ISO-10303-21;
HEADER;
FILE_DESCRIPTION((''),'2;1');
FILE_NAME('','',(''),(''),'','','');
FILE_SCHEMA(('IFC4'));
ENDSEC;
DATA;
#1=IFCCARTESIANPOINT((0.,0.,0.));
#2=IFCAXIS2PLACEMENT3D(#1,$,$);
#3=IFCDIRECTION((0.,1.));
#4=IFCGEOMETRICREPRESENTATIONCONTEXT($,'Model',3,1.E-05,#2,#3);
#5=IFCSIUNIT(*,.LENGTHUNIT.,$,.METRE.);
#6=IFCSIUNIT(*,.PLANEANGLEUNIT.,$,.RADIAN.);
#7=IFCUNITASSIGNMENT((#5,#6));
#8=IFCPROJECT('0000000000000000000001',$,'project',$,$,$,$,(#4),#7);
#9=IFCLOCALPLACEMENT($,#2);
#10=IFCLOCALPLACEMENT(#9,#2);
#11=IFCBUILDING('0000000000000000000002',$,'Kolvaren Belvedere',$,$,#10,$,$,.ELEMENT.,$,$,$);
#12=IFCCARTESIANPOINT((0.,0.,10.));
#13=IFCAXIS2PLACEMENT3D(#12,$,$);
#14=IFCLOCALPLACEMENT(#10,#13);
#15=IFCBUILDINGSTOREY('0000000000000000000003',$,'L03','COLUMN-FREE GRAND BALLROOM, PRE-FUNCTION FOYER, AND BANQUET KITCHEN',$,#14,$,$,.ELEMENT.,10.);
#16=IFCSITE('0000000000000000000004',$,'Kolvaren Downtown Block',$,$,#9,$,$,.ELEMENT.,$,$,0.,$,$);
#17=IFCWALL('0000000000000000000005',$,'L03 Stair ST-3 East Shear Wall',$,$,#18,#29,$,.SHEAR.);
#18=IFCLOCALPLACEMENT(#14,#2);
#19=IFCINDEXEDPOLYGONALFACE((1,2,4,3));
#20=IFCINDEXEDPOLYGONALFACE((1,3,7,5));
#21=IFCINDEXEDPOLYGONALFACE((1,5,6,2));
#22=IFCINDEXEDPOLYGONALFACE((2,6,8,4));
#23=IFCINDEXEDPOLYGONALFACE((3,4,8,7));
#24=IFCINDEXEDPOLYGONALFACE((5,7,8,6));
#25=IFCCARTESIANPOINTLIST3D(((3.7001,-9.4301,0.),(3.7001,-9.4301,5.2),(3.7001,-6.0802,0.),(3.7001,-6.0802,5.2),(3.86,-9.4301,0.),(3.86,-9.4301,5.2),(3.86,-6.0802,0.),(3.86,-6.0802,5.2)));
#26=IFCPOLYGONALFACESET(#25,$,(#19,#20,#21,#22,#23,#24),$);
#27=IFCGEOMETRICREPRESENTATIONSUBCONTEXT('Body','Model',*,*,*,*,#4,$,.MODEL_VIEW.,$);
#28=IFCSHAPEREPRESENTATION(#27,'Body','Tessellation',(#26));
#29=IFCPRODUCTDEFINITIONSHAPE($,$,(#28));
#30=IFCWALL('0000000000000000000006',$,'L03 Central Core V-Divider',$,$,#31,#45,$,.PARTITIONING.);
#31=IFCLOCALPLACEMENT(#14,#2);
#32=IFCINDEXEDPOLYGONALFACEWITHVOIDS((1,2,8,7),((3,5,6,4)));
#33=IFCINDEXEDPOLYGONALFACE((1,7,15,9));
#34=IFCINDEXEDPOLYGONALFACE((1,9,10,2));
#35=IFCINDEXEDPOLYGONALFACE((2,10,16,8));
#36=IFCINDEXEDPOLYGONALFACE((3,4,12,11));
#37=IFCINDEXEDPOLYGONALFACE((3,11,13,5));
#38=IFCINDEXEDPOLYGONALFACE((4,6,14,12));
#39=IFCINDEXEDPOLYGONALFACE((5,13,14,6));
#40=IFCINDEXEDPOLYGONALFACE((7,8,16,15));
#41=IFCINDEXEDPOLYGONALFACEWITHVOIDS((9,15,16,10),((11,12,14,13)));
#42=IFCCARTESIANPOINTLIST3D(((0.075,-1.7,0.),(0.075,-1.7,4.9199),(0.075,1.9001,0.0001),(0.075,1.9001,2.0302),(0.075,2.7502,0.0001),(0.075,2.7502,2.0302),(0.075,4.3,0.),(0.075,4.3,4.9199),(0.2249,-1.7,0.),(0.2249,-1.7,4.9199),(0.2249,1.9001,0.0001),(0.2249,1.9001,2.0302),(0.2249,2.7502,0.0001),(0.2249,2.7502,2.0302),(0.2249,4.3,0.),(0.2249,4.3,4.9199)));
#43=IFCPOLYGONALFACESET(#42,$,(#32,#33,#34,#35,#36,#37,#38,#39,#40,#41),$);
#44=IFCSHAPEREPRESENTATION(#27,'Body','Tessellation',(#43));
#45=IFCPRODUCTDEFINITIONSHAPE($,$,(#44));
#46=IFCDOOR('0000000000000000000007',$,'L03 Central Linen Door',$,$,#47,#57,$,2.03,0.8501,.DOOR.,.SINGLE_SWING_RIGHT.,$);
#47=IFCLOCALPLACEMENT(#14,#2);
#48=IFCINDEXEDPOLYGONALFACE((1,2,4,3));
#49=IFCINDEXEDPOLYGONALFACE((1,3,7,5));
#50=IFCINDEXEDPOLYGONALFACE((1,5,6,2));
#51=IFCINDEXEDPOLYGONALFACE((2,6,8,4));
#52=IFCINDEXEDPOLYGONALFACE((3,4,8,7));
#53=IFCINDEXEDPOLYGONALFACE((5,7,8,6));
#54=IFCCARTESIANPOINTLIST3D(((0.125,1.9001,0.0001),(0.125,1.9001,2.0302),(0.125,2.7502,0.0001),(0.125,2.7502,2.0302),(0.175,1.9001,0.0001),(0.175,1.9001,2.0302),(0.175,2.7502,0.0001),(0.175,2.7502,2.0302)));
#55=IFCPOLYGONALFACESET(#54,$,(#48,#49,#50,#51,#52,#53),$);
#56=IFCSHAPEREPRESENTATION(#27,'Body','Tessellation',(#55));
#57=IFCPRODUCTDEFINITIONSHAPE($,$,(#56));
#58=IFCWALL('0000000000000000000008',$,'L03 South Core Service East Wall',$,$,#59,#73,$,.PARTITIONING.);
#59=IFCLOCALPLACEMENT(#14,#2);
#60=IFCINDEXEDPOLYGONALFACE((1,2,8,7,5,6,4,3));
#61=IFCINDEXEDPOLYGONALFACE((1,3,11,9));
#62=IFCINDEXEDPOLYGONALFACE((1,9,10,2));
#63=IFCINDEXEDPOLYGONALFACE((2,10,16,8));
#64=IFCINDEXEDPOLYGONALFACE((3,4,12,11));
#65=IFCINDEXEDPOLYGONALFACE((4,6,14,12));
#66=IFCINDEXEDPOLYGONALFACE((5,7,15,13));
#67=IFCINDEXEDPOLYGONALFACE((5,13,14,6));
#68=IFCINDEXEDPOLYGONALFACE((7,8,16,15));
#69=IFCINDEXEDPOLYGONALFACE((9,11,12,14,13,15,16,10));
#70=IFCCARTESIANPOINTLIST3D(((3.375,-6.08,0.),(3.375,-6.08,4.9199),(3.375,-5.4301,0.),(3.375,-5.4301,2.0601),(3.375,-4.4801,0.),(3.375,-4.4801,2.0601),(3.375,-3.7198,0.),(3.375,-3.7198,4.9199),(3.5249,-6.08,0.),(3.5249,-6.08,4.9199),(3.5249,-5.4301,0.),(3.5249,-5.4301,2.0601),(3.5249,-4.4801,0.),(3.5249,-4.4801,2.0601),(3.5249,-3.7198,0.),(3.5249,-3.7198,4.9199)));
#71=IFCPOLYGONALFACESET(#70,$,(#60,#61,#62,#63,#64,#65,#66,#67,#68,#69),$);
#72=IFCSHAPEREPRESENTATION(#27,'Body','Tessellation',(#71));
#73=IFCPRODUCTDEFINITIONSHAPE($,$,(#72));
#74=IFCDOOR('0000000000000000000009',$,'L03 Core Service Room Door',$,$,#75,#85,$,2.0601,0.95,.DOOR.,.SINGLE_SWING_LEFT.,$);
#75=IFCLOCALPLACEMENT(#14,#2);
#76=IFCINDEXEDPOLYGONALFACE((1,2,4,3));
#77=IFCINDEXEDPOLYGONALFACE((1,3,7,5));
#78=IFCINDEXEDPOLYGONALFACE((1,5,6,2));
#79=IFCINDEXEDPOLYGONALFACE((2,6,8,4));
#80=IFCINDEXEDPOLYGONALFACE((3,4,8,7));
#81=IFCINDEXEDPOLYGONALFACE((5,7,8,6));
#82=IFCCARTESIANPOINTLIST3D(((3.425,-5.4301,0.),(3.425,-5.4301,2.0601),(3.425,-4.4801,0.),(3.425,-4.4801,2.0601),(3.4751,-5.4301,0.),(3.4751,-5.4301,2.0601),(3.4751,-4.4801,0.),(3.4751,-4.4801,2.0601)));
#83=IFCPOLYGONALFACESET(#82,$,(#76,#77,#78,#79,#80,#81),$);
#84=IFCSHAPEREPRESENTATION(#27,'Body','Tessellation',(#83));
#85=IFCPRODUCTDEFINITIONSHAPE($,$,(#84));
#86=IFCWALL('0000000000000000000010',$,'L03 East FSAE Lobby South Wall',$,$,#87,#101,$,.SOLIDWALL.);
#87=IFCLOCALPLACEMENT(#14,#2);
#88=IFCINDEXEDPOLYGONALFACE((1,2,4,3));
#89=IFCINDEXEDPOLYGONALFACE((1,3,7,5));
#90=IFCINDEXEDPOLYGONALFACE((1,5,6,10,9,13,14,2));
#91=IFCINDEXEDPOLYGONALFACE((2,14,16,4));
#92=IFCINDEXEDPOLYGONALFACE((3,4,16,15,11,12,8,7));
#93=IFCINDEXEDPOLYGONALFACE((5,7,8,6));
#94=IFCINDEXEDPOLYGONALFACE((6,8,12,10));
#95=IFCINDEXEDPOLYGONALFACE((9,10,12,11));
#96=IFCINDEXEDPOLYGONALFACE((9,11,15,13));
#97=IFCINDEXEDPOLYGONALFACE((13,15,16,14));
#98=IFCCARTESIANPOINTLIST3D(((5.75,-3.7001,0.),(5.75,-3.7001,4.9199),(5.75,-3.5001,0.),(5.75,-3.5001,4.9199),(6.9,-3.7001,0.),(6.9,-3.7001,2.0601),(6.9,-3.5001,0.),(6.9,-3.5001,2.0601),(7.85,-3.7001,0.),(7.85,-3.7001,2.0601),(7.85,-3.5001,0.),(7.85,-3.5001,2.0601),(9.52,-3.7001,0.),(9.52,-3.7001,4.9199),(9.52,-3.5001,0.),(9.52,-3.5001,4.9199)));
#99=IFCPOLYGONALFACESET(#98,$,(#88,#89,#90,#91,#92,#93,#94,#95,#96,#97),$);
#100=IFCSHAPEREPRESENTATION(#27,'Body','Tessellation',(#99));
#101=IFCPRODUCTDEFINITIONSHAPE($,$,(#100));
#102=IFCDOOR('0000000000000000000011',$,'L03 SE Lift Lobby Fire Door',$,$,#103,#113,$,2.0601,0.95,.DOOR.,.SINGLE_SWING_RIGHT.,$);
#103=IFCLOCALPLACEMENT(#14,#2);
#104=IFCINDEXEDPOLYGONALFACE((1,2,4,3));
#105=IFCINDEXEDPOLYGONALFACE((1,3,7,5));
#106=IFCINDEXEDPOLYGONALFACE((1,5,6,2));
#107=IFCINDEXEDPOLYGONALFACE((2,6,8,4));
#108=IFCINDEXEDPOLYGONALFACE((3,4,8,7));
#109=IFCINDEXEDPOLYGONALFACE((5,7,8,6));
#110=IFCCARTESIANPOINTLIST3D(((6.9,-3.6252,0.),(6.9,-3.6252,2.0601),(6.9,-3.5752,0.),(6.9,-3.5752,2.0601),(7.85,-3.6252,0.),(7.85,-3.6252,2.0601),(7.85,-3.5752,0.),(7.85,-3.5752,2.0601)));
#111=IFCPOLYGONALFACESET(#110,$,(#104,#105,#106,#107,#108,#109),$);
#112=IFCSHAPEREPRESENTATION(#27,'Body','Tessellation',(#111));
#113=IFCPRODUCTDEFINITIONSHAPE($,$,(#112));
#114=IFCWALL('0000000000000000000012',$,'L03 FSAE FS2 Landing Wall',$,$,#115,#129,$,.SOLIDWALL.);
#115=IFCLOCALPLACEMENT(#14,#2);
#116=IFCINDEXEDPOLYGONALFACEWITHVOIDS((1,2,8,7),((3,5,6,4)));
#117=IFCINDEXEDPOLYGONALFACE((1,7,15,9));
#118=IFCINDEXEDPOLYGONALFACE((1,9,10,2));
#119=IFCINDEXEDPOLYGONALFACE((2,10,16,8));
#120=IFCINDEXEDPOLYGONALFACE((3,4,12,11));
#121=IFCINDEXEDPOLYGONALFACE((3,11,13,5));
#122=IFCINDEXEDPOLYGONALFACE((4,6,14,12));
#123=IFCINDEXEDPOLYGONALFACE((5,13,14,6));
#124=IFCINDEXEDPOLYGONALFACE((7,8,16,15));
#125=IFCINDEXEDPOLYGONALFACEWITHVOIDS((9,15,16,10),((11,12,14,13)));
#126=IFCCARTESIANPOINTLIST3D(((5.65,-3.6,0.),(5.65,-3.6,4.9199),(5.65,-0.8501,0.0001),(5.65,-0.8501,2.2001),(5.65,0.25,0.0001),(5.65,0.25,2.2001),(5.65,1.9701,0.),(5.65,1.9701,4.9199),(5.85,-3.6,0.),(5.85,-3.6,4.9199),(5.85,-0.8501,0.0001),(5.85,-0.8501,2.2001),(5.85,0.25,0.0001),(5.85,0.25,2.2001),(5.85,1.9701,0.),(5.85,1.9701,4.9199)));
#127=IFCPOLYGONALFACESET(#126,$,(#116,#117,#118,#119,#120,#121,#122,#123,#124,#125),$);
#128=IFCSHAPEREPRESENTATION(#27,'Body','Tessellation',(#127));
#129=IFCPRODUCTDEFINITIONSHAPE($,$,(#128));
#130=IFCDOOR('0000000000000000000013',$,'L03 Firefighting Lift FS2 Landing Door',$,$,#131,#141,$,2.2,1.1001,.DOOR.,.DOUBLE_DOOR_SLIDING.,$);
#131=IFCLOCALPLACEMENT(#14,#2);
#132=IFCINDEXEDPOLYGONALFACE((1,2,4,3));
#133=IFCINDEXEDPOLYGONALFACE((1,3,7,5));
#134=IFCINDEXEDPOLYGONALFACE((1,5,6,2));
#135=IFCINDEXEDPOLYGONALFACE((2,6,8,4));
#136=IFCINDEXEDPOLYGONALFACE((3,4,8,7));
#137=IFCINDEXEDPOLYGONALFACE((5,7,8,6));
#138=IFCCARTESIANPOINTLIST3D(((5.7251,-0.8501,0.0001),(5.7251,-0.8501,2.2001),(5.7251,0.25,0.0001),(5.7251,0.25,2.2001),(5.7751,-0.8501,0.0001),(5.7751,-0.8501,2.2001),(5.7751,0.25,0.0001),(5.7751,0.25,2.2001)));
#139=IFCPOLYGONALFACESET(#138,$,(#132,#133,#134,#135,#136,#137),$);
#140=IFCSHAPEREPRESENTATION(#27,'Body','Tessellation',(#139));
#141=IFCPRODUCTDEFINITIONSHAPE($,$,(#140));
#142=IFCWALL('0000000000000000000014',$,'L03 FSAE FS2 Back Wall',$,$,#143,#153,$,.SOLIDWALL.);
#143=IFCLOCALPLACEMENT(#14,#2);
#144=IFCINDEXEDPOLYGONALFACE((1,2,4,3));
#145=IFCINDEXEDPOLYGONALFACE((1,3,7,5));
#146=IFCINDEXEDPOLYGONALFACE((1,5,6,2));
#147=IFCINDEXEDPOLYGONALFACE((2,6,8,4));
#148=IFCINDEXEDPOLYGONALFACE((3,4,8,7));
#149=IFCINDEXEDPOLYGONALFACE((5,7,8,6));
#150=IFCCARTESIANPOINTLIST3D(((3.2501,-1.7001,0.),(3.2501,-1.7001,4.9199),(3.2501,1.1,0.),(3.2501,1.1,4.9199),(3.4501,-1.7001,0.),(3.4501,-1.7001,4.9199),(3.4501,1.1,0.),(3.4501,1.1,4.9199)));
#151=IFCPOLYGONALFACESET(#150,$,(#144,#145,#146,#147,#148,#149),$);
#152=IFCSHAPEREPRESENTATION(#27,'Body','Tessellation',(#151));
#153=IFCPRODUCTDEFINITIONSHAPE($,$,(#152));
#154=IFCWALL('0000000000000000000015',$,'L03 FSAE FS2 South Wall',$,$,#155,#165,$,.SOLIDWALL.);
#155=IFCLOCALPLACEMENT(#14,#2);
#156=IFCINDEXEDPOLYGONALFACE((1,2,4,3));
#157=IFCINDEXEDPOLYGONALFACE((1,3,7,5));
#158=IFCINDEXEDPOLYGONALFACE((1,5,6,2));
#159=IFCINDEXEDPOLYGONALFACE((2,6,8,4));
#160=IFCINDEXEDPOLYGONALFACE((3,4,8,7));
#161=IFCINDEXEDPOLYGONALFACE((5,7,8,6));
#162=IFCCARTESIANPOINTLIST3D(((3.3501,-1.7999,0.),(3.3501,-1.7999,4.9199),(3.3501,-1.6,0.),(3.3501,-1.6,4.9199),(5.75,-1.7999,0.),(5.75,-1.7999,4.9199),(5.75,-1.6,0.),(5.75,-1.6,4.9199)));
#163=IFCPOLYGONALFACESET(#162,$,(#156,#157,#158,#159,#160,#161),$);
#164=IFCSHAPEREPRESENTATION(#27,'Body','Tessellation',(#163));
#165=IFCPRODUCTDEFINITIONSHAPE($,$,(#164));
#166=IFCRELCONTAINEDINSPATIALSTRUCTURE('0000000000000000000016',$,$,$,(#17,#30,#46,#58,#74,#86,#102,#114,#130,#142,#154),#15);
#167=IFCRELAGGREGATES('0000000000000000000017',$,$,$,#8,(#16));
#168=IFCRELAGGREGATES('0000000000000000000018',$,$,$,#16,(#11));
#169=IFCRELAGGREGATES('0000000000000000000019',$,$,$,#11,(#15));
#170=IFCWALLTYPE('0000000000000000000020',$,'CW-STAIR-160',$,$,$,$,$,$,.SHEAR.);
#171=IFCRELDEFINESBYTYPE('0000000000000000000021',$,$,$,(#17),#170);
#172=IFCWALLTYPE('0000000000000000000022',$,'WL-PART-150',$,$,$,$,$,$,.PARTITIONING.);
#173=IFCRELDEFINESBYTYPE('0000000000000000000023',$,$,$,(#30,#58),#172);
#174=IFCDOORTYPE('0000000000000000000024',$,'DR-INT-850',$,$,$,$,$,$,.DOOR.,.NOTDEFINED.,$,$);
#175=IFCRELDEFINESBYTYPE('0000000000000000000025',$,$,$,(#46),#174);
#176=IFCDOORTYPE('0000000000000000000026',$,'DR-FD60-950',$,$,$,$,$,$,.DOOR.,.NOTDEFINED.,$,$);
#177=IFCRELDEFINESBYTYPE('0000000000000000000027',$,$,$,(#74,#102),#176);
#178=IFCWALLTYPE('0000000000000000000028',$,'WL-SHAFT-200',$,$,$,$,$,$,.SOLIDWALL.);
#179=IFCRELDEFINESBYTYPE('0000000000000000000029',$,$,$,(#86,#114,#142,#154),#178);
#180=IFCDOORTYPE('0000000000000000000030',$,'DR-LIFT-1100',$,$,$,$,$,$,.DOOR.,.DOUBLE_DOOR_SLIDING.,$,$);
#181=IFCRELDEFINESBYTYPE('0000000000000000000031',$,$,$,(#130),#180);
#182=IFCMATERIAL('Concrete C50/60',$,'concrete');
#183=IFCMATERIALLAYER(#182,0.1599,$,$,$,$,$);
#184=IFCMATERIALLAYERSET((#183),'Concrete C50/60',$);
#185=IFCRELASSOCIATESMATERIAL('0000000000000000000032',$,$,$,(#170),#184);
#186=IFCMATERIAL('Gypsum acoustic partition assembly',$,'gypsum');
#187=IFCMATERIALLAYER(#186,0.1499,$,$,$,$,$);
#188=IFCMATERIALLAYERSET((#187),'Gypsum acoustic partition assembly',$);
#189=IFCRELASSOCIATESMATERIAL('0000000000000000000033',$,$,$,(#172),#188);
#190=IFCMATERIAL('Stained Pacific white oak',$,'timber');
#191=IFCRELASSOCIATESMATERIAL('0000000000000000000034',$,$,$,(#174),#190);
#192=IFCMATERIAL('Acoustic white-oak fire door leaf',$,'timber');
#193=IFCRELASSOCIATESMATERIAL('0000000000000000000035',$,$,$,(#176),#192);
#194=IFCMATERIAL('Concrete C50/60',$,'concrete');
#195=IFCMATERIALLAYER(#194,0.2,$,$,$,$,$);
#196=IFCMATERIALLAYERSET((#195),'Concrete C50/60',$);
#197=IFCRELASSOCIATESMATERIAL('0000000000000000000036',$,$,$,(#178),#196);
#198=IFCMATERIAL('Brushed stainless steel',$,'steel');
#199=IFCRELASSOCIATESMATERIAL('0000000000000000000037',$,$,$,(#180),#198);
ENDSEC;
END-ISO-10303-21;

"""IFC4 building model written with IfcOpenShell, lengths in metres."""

from ifc_helpers import new_model, si_unit, direction, frame, frame_2d, origin, place, context, subcontext, project, spatial, rectangle, extrude, material, layer, layer_set, type_object, element, fill, save


model = new_model("IFC4")

# Units and contexts
model_context = context("Model", 3, precision=1e-05, world=origin(), true_north=direction((0.0, 1.0)))
body_context = subcontext(model_context, "Body", "Model", "MODEL_VIEW")
ifc_project = project(units=[si_unit("LENGTHUNIT", "METRE"), si_unit("PLANEANGLEUNIT", "RADIAN")], contexts=[model_context])

# Site, building, storey
site_placement = place(None, origin())
site = spatial("IfcSite", under=ifc_project, at=site_placement, Name="Kolvaren Downtown Block", CompositionType="ELEMENT", RefElevation=0.0)
building_placement = place(site_placement, origin())
building = spatial("IfcBuilding", under=site, at=building_placement, Name="Kolvaren Belvedere", CompositionType="ELEMENT")
storey_placement = place(building_placement, frame((0.0, 0.0, 10.0)))
storey = spatial("IfcBuildingStorey", under=building, at=storey_placement, Name="L03", Description="COLUMN-FREE GRAND BALLROOM, PRE-FUNCTION FOYER, AND BANQUET KITCHEN", CompositionType="ELEMENT", Elevation=10.0)

# Shared definitions
ifc_material_1 = material(Name="Concrete C50/60", Category="concrete")
ifc_layer_1 = layer(ifc_material_1, 0.1599)
ifc_layer_set_1 = layer_set([ifc_layer_1], Name="Concrete C50/60")
wall_type_1 = type_object("IfcWallType", Name="CW-STAIR-160", PredefinedType="SHEAR", material=ifc_layer_set_1)

# Wall
wall_1_placement = place(storey_placement, frame((3.78, -9.4299, 0.0), z_axis=(0.0, 0.0, 1.0), x_axis=(0.0, 1.0, 0.0)))
element("IfcWall", 1, at=wall_1_placement, inside=storey, type_object=wall_type_1, Name="L03 Stair ST-3 East Shear Wall", PredefinedType="SHEAR", context=body_context, shape_type="SweptSolid", body=[
    extrude(rectangle(XDim=3.3499, YDim=0.1599, at=frame_2d((1.6748, 0.0))), origin(), (0.0, 0.0, 1.0), 5.2),
])

# Walls, openings, doors
ifc_material_2 = material(Name="Gypsum acoustic partition assembly", Category="gypsum")
ifc_layer_2 = layer(ifc_material_2, 0.1499)
ifc_layer_set_2 = layer_set([ifc_layer_2], Name="Gypsum acoustic partition assembly")
wall_type_2 = type_object("IfcWallType", Name="WL-PART-150", PredefinedType="PARTITIONING", material=ifc_layer_set_2)
wall_2_placement = place(storey_placement, frame((0.1499, -1.7, 0.0), z_axis=(0.0, 0.0, 1.0), x_axis=(0.0, 1.0, 0.0)))
wall_2 = element("IfcWall", 2, at=wall_2_placement, inside=storey, type_object=wall_type_2, Name="L03 Central Core V-Divider", PredefinedType="PARTITIONING", context=body_context, shape_type="SweptSolid", body=[
    extrude(rectangle(XDim=6.0, YDim=0.1499, at=frame_2d((3.0, 0.0))), origin(), (0.0, 0.0, 1.0), 4.9199),
])
opening_1_placement = place(wall_2_placement, frame((3.6001, 0.0, 0.0)))
opening_1 = element("IfcOpeningElement", 3, at=opening_1_placement, cuts=wall_2, PredefinedType="OPENING", context=body_context, shape_type="SweptSolid", body=[
    extrude(rectangle(XDim=0.8501, YDim=2.03, at=frame_2d((0.425, 1.0151))), frame((0.0, 0.085, 0.0), z_axis=(0.0, -1.0, 0.0), x_axis=(1.0, 0.0, 0.0)), (0.0, 0.0, 1.0), 0.1699),
])
ifc_material_3 = material(Name="Stained Pacific white oak", Category="timber")
door_type_1 = type_object("IfcDoorType", Name="DR-INT-850", OperationType="NOTDEFINED", PredefinedType="DOOR", material=ifc_material_3)
door_1_placement = place(opening_1_placement, origin())
door_1 = element("IfcDoor", 4, at=door_1_placement, inside=storey, type_object=door_type_1, Name="L03 Central Linen Door", OperationType="SINGLE_SWING_RIGHT", OverallHeight=2.03, OverallWidth=0.8501, PredefinedType="DOOR", context=body_context, shape_type="SweptSolid", body=[
    extrude(rectangle(XDim=0.8501, YDim=2.03, at=frame_2d((0.425, 1.0151))), frame((0.0, 0.0249, 0.0), z_axis=(0.0, -1.0, 0.0), x_axis=(1.0, 0.0, 0.0)), (0.0, 0.0, 1.0), 0.05),
])
fill(opening_1, door_1)
wall_3_placement = place(storey_placement, frame((3.45, -6.0801, 0.0), z_axis=(0.0, 0.0, 1.0), x_axis=(0.0, 1.0, 0.0)))
wall_3 = element("IfcWall", 5, at=wall_3_placement, inside=storey, type_object=wall_type_2, Name="L03 South Core Service East Wall", PredefinedType="PARTITIONING", context=body_context, shape_type="SweptSolid", body=[
    extrude(rectangle(XDim=2.3601, YDim=0.1499, at=frame_2d((1.1802, 0.0))), origin(), (0.0, 0.0, 1.0), 4.9199),
])
opening_2_placement = place(wall_3_placement, frame((0.6499, 0.0, 0.0)))
opening_2 = element("IfcOpeningElement", 6, at=opening_2_placement, cuts=wall_3, PredefinedType="OPENING", context=body_context, shape_type="SweptSolid", body=[
    extrude(rectangle(XDim=0.95, YDim=2.0601, at=frame_2d((0.4751, 1.03))), frame((0.0, 0.085, 0.0), z_axis=(0.0, -1.0, 0.0), x_axis=(1.0, 0.0, 0.0)), (0.0, 0.0, 1.0), 0.1699),
])
ifc_material_4 = material(Name="Acoustic white-oak fire door leaf", Category="timber")
door_type_2 = type_object("IfcDoorType", Name="DR-FD60-950", OperationType="NOTDEFINED", PredefinedType="DOOR", material=ifc_material_4)
door_2_placement = place(opening_2_placement, origin())
door_2 = element("IfcDoor", 7, at=door_2_placement, inside=storey, type_object=door_type_2, Name="L03 Core Service Room Door", OperationType="SINGLE_SWING_LEFT", OverallHeight=2.0601, OverallWidth=0.95, PredefinedType="DOOR", context=body_context, shape_type="SweptSolid", body=[
    extrude(rectangle(XDim=0.95, YDim=2.0601, at=frame_2d((0.4751, 1.03))), frame((0.0, 0.0249, 0.0), z_axis=(0.0, -1.0, 0.0), x_axis=(1.0, 0.0, 0.0)), (0.0, 0.0, 1.0), 0.05),
])
fill(opening_2, door_2)
ifc_material_5 = material(Name="Concrete C50/60", Category="concrete")
ifc_layer_3 = layer(ifc_material_5, 0.2)
ifc_layer_set_3 = layer_set([ifc_layer_3], Name="Concrete C50/60")
wall_type_3 = type_object("IfcWallType", Name="WL-SHAFT-200", PredefinedType="SOLIDWALL", material=ifc_layer_set_3)
wall_4_placement = place(storey_placement, frame((5.75, -3.6001, 0.0), z_axis=(0.0, 0.0, 1.0), x_axis=(1.0, 0.0, 0.0)))
wall_4 = element("IfcWall", 8, at=wall_4_placement, inside=storey, type_object=wall_type_3, Name="L03 East FSAE Lobby South Wall", PredefinedType="SOLIDWALL", context=body_context, shape_type="SweptSolid", body=[
    extrude(rectangle(XDim=3.77, YDim=0.2, at=frame_2d((1.885, 0.0))), origin(), (0.0, 0.0, 1.0), 4.9199),
])
opening_3_placement = place(wall_4_placement, frame((1.1499, 0.0, 0.0)))
opening_3 = element("IfcOpeningElement", 9, at=opening_3_placement, cuts=wall_4, PredefinedType="OPENING", context=body_context, shape_type="SweptSolid", body=[
    extrude(rectangle(XDim=0.95, YDim=2.0601, at=frame_2d((0.4751, 1.03))), frame((0.0, 0.1099, 0.0), z_axis=(0.0, -1.0, 0.0), x_axis=(1.0, 0.0, 0.0)), (0.0, 0.0, 1.0), 0.22),
])
door_3_placement = place(opening_3_placement, origin())
door_3 = element("IfcDoor", 10, at=door_3_placement, inside=storey, type_object=door_type_2, Name="L03 SE Lift Lobby Fire Door", OperationType="SINGLE_SWING_RIGHT", OverallHeight=2.0601, OverallWidth=0.95, PredefinedType="DOOR", context=body_context, shape_type="SweptSolid", body=[
    extrude(rectangle(XDim=0.95, YDim=2.0601, at=frame_2d((0.4751, 1.03))), frame((0.0, 0.0249, 0.0), z_axis=(0.0, -1.0, 0.0), x_axis=(1.0, 0.0, 0.0)), (0.0, 0.0, 1.0), 0.05),
])
fill(opening_3, door_3)
wall_5_placement = place(storey_placement, frame((5.75, -3.6001, 0.0), z_axis=(0.0, 0.0, 1.0), x_axis=(0.0, 1.0, 0.0)))
wall_5 = element("IfcWall", 11, at=wall_5_placement, inside=storey, type_object=wall_type_3, Name="L03 FSAE FS2 Landing Wall", PredefinedType="SOLIDWALL", context=body_context, shape_type="SweptSolid", body=[
    extrude(rectangle(XDim=5.5701, YDim=0.2, at=frame_2d((2.7852, 0.0))), origin(), (0.0, 0.0, 1.0), 4.9199),
])
opening_4_placement = place(wall_5_placement, frame((2.75, 0.0, 0.0)))
opening_4 = element("IfcOpeningElement", 12, at=opening_4_placement, cuts=wall_5, PredefinedType="OPENING", context=body_context, shape_type="SweptSolid", body=[
    extrude(rectangle(XDim=1.1001, YDim=2.2, at=frame_2d((0.55, 1.1001))), frame((0.0, 0.1099, 0.0), z_axis=(0.0, -1.0, 0.0), x_axis=(1.0, 0.0, 0.0)), (0.0, 0.0, 1.0), 0.22),
])
ifc_material_6 = material(Name="Brushed stainless steel", Category="steel")
door_type_3 = type_object("IfcDoorType", Name="DR-LIFT-1100", OperationType="DOUBLE_DOOR_SLIDING", PredefinedType="DOOR", material=ifc_material_6)
door_4_placement = place(opening_4_placement, origin())
door_4 = element("IfcDoor", 13, at=door_4_placement, inside=storey, type_object=door_type_3, Name="L03 Firefighting Lift FS2 Landing Door", OperationType="DOUBLE_DOOR_SLIDING", OverallHeight=2.2, OverallWidth=1.1001, PredefinedType="DOOR", context=body_context, shape_type="SweptSolid", body=[
    extrude(rectangle(XDim=1.1001, YDim=2.2, at=frame_2d((0.55, 1.1001))), frame((0.0, 0.0249, 0.0), z_axis=(0.0, -1.0, 0.0), x_axis=(1.0, 0.0, 0.0)), (0.0, 0.0, 1.0), 0.05),
])
fill(opening_4, door_4)

# Walls
wall_6_placement = place(storey_placement, frame((3.3501, -1.7, 0.0), z_axis=(0.0, 0.0, 1.0), x_axis=(0.0, 1.0, 0.0)))
element("IfcWall", 14, at=wall_6_placement, inside=storey, type_object=wall_type_3, Name="L03 FSAE FS2 Back Wall", PredefinedType="SOLIDWALL", context=body_context, shape_type="SweptSolid", body=[
    extrude(rectangle(XDim=2.8, YDim=0.2, at=frame_2d((1.3999, 0.0))), origin(), (0.0, 0.0, 1.0), 4.9199),
])
wall_7_placement = place(storey_placement, frame((3.3501, -1.7, 0.0), z_axis=(0.0, 0.0, 1.0), x_axis=(1.0, 0.0, 0.0)))
element("IfcWall", 15, at=wall_7_placement, inside=storey, type_object=wall_type_3, Name="L03 FSAE FS2 South Wall", PredefinedType="SOLIDWALL", context=body_context, shape_type="SweptSolid", body=[
    extrude(rectangle(XDim=2.3999, YDim=0.2, at=frame_2d((1.2, 0.0))), origin(), (0.0, 0.0, 1.0), 4.9199),
])

save(model, "model.ifc")
